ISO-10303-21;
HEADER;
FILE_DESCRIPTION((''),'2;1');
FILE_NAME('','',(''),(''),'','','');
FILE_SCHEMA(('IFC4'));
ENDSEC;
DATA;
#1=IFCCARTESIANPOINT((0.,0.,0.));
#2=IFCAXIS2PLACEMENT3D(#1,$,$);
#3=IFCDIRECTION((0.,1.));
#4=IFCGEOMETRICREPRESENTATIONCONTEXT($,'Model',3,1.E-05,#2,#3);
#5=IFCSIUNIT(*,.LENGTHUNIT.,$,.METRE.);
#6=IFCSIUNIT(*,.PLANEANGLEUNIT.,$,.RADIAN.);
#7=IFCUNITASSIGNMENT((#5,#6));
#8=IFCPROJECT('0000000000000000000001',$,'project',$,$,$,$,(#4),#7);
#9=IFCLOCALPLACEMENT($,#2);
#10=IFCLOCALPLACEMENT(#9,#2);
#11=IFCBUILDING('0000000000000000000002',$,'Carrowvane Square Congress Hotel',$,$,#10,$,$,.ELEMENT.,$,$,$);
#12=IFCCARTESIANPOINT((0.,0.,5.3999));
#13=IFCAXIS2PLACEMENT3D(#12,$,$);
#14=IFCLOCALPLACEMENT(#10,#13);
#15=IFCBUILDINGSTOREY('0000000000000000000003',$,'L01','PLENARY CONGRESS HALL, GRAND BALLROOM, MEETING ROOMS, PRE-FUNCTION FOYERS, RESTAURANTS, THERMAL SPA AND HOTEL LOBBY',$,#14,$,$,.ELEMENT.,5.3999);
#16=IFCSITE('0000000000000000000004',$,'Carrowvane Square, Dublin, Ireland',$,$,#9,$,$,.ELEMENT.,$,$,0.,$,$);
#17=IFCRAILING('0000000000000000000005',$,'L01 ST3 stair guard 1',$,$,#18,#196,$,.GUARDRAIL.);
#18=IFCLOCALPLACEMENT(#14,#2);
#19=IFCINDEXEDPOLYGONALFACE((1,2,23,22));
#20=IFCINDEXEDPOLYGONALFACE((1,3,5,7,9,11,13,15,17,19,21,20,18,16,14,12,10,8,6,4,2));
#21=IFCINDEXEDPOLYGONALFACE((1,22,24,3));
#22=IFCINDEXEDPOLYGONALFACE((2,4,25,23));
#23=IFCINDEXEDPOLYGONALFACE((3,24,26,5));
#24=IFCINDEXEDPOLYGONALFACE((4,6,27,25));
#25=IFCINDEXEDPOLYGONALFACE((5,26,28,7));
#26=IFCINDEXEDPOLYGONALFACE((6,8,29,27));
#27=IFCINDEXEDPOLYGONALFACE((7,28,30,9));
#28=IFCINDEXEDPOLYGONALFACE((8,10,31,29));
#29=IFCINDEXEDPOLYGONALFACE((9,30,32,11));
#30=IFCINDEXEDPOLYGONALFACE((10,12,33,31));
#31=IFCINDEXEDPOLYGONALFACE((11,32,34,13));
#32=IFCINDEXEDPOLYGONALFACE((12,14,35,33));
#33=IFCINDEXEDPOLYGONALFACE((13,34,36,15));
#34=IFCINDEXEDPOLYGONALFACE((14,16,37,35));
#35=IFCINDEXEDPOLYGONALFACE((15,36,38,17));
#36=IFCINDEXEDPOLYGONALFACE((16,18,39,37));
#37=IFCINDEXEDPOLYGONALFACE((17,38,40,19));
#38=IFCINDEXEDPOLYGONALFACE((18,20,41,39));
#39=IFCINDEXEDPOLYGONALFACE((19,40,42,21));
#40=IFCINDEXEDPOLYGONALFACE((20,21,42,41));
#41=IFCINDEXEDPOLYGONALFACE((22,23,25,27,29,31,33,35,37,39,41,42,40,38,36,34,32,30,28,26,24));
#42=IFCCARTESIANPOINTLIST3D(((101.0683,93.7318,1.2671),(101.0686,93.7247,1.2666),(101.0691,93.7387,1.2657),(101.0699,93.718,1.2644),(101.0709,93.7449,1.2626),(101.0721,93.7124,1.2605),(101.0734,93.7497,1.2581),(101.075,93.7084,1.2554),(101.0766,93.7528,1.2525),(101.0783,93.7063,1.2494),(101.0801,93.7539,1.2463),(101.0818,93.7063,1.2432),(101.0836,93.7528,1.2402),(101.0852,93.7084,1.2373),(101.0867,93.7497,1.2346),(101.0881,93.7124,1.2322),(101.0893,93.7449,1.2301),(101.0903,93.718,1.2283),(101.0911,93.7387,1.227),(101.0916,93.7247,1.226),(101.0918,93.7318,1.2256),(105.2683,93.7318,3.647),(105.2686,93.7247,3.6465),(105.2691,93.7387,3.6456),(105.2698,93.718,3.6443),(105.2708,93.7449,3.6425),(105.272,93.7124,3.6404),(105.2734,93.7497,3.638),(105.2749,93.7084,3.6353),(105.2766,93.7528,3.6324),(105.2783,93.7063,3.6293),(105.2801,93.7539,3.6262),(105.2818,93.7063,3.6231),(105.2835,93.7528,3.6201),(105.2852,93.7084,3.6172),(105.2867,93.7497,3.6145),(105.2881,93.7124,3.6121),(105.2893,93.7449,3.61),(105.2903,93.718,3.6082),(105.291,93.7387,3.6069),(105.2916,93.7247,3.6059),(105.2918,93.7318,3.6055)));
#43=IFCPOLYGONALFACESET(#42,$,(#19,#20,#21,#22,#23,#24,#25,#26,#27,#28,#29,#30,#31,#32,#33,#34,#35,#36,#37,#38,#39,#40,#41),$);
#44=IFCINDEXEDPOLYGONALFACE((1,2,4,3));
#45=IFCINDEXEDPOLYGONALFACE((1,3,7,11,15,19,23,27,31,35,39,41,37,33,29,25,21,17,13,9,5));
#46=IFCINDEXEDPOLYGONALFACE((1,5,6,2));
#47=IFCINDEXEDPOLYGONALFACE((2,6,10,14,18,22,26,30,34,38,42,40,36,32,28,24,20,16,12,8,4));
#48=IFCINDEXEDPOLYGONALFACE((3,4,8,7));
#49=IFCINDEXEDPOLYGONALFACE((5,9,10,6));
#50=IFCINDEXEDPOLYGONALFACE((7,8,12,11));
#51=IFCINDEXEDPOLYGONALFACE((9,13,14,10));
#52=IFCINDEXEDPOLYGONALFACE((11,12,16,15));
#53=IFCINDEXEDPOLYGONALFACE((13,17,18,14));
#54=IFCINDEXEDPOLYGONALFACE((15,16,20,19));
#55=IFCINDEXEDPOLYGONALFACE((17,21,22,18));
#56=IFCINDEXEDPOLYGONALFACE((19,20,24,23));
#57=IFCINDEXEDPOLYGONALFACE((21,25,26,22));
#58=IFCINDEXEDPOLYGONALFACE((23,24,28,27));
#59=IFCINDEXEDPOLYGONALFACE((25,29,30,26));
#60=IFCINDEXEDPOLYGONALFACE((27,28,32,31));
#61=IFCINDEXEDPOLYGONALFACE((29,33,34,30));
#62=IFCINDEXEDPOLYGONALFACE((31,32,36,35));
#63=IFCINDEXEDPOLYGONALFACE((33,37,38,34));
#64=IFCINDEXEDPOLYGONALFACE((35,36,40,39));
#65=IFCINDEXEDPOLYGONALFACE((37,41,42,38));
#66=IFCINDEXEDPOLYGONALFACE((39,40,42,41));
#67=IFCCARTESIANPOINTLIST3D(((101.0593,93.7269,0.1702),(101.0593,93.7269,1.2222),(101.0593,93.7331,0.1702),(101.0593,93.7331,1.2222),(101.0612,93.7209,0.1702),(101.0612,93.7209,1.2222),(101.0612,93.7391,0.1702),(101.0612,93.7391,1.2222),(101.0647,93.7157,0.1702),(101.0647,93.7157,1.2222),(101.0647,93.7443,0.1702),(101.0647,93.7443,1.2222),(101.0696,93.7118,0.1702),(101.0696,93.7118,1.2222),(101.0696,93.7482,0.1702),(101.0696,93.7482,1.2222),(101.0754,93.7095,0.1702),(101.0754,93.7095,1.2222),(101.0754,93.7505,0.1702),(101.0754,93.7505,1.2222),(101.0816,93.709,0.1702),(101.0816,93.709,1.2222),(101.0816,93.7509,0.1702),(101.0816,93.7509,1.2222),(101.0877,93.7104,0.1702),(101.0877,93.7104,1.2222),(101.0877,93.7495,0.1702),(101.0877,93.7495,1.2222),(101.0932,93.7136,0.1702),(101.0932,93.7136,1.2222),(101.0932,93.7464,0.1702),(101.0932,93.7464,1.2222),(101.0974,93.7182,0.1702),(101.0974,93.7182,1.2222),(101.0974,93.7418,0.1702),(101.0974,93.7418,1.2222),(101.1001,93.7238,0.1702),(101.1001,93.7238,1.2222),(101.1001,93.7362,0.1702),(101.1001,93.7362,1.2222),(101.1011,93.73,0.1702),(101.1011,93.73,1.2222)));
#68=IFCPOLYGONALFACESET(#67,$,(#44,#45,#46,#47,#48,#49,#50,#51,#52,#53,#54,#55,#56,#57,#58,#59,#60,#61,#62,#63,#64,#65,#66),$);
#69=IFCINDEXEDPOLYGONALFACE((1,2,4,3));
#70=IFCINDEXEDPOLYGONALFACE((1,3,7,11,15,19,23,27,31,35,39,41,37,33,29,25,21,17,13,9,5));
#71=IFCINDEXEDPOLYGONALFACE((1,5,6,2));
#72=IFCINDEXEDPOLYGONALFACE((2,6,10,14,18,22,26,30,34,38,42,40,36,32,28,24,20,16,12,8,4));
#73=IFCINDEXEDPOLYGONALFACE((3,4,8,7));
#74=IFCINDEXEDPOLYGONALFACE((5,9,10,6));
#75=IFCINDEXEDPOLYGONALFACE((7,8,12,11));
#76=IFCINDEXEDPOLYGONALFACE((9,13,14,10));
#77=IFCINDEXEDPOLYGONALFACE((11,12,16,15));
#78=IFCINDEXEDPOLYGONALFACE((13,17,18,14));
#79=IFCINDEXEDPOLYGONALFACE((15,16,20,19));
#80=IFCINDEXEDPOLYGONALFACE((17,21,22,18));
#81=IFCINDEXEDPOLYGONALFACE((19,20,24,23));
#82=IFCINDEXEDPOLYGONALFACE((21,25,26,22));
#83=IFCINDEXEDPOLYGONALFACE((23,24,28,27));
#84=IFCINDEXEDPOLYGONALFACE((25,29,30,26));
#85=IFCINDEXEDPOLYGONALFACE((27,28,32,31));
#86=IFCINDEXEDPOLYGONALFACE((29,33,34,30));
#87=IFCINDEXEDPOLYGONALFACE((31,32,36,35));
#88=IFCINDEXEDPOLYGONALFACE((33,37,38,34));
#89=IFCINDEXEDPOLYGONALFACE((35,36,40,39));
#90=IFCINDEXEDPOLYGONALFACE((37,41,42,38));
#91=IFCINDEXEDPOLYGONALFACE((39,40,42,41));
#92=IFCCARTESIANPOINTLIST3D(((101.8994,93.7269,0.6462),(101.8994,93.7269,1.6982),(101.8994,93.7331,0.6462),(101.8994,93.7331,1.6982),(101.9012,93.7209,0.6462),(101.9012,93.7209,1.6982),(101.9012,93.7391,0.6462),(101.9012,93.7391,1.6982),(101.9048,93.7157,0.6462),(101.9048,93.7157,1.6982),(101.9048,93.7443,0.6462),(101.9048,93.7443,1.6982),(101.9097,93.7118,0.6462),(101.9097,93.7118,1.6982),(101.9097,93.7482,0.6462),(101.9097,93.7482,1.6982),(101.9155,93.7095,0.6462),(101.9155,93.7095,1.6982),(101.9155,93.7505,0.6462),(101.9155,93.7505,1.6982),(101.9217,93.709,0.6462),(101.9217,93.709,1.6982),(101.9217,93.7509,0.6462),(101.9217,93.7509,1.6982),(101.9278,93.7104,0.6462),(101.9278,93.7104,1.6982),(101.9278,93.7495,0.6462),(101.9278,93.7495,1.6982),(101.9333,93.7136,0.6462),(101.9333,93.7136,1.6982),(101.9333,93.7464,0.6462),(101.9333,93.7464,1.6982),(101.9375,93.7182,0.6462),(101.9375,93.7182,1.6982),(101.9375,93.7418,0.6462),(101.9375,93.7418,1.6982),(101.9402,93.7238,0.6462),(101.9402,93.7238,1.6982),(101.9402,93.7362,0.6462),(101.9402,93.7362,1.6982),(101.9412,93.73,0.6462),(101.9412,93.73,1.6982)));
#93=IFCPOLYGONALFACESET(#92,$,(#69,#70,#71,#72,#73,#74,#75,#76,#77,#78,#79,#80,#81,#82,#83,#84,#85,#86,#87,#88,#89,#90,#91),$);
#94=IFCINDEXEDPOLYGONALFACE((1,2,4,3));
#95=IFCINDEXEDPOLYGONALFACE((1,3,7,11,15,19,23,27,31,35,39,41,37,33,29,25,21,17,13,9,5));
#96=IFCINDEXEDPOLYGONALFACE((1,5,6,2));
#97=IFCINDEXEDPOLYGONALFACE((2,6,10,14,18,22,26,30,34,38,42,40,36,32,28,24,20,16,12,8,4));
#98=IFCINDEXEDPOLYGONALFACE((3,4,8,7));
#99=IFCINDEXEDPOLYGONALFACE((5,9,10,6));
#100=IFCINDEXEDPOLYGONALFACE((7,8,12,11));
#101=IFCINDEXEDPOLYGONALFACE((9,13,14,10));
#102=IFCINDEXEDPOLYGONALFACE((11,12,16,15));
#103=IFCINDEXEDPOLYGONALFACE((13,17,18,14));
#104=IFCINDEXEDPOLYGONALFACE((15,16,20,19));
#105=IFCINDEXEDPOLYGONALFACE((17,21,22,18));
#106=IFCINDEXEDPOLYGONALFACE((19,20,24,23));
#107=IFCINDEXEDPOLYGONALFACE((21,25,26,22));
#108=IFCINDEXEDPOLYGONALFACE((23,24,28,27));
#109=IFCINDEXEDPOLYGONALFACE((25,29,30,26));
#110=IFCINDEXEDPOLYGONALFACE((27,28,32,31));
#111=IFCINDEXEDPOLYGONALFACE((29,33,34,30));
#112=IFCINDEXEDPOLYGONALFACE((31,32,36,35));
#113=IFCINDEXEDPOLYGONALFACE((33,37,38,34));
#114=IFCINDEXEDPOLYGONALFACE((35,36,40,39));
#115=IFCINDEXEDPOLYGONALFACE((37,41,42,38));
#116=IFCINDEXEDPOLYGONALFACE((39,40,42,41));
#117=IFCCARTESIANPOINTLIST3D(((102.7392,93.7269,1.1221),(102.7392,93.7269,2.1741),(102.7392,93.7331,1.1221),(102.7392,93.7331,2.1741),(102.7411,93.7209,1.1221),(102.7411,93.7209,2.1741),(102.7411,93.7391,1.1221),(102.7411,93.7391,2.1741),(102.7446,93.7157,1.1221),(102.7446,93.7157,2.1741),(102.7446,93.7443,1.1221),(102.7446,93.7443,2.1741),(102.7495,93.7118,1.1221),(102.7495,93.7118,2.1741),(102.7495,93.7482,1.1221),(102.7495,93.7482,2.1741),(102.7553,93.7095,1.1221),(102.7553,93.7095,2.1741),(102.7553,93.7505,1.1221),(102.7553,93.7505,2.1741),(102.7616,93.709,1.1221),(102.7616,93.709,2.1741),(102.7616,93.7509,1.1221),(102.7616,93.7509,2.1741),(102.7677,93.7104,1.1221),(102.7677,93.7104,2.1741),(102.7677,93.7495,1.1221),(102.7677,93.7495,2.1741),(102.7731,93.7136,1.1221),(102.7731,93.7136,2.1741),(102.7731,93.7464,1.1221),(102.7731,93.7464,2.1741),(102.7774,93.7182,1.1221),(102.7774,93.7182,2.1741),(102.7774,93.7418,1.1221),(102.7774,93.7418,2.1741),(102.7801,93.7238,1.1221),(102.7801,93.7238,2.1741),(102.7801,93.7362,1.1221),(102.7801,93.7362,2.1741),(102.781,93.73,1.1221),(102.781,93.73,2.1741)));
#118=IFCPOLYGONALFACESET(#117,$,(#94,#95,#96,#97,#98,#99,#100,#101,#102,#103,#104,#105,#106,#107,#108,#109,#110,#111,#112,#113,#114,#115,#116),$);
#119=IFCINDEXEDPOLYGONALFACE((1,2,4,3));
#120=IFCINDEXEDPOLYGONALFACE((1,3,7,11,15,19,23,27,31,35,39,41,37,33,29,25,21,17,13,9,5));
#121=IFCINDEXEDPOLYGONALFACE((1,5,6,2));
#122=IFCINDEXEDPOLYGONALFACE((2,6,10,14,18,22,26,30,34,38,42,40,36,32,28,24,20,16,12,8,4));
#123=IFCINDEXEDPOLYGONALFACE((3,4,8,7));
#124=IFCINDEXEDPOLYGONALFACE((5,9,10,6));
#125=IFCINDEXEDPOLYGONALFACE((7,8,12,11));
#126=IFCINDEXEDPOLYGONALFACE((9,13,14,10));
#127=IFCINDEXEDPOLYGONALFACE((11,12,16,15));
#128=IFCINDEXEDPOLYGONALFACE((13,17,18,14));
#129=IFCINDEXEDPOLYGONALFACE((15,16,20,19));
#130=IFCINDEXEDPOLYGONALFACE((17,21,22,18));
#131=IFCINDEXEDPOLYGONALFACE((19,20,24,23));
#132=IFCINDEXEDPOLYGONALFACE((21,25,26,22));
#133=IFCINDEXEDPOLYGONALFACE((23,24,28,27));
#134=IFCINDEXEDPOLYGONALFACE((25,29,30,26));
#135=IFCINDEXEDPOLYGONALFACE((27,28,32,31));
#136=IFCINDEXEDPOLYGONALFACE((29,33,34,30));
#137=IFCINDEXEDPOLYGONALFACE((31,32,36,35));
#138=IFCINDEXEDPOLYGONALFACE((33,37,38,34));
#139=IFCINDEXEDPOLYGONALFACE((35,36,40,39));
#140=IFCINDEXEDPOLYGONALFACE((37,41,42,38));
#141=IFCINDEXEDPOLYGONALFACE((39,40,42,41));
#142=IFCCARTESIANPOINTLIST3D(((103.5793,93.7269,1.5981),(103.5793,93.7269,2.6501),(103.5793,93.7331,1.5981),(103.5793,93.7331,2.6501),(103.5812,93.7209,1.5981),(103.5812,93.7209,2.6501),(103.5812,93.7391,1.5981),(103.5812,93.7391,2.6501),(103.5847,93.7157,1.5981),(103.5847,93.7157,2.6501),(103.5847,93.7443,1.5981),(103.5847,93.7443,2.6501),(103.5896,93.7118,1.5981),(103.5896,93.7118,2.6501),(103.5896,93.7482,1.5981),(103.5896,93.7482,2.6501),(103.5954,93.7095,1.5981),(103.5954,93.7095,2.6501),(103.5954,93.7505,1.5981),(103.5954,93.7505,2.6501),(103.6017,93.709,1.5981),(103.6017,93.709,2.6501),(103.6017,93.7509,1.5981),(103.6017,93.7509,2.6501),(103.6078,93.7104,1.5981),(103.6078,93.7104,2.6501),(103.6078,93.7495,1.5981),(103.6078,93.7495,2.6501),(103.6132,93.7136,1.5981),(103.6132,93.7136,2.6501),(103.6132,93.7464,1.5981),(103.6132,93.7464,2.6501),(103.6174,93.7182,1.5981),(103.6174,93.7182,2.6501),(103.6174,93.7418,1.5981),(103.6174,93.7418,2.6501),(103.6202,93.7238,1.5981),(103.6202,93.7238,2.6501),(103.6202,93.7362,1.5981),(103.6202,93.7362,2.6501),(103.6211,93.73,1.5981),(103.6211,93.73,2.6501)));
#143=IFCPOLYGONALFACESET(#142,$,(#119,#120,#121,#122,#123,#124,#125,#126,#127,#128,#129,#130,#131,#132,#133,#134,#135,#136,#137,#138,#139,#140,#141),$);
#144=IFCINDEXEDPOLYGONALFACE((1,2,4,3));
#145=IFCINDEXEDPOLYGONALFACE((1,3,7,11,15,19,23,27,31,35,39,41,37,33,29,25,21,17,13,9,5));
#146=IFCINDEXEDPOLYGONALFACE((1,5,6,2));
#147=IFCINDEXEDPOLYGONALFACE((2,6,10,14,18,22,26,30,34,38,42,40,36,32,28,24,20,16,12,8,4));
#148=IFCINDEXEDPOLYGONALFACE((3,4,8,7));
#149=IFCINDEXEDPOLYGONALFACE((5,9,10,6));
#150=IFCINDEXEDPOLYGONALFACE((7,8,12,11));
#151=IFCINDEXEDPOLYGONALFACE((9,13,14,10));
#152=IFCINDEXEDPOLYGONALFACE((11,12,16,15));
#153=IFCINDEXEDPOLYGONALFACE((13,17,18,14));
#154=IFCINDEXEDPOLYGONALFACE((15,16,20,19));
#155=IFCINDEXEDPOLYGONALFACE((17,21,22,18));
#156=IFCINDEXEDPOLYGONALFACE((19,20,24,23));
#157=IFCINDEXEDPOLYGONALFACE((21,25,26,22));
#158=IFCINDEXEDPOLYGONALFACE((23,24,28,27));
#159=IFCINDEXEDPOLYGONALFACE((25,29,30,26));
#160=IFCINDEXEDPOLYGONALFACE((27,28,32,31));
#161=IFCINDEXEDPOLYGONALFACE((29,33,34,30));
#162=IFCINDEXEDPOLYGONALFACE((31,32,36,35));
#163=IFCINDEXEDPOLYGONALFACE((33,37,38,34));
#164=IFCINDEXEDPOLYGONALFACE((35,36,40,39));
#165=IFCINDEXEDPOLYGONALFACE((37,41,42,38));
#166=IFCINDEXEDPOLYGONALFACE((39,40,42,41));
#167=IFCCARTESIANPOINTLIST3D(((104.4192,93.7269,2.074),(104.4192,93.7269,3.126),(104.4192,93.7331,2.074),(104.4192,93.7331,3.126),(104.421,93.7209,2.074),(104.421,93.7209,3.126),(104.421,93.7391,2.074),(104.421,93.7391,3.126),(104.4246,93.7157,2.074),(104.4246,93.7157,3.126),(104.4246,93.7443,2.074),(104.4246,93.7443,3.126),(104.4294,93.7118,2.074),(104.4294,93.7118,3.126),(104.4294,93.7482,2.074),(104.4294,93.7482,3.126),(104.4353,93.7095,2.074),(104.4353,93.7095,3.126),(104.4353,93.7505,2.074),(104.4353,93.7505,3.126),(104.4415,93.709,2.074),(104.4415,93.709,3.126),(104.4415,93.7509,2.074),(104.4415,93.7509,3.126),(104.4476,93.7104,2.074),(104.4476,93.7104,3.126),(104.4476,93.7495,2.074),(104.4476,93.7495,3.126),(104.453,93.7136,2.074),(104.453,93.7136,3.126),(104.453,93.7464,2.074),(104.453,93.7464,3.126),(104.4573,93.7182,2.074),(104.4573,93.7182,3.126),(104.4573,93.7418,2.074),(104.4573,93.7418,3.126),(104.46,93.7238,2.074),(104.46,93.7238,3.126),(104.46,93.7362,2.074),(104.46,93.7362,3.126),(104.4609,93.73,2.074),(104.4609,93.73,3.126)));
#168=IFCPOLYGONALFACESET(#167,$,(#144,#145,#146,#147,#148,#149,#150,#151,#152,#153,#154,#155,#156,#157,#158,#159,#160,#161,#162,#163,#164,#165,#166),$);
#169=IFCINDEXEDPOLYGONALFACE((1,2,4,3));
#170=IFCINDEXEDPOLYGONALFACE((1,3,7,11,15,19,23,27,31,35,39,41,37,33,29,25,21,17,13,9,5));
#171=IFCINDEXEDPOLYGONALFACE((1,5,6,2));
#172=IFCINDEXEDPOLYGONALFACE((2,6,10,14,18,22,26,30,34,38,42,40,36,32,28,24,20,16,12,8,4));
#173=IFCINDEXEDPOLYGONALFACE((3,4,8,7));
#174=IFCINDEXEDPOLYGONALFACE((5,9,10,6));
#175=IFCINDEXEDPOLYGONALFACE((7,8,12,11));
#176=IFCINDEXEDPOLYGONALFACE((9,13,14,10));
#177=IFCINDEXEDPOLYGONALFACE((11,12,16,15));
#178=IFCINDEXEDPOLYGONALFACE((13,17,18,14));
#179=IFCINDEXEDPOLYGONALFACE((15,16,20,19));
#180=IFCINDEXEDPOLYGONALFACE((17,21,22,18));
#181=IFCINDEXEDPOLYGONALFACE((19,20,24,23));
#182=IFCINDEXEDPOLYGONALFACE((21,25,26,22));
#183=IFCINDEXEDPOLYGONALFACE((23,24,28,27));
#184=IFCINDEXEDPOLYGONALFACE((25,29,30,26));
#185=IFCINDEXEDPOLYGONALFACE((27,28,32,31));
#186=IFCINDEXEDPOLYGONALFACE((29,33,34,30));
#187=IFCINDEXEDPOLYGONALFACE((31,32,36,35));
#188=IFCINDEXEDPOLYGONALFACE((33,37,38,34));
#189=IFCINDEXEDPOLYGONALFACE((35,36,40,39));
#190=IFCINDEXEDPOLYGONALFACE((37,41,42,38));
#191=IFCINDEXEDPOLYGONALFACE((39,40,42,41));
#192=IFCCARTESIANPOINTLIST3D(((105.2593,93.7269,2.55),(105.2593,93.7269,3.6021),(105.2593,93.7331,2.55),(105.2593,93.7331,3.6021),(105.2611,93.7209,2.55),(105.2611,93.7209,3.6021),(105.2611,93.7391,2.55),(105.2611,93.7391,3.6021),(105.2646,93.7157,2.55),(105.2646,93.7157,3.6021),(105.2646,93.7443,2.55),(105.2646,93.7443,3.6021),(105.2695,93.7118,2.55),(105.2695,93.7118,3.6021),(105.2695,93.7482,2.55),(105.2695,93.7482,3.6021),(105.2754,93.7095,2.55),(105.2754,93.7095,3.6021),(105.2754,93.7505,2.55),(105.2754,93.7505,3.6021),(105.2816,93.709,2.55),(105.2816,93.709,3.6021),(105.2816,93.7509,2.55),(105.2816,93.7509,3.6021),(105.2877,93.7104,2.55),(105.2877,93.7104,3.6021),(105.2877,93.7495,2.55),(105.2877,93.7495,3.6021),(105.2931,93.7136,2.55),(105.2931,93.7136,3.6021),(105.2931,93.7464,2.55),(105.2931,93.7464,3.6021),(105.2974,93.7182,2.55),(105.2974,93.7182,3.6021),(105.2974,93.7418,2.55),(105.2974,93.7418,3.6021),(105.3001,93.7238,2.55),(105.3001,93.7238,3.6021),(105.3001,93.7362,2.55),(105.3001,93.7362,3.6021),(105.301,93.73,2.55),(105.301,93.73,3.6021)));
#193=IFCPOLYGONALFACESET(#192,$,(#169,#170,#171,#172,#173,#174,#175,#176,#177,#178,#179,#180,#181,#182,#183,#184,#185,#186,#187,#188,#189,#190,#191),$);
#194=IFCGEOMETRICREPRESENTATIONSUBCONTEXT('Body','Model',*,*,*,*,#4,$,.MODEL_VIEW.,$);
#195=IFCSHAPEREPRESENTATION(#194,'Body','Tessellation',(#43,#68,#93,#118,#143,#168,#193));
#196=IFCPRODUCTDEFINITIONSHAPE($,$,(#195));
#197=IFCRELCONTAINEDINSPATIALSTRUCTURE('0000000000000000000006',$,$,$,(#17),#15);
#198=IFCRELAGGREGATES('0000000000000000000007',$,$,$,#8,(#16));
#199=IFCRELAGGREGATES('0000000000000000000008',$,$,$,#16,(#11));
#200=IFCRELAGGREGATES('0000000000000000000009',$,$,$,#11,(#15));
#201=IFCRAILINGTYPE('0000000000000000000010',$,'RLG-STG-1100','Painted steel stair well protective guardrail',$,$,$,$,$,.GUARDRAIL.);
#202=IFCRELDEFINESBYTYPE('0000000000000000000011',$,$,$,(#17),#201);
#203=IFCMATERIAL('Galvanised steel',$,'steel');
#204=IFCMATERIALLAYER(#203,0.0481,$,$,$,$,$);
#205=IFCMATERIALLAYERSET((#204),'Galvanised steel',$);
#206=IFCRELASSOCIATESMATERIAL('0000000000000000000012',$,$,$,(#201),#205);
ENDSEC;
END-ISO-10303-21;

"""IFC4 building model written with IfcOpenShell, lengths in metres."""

from ifc_helpers import new_model, si_unit, direction, frame, origin, origin_2d, place, context, subcontext, project, spatial, circle, extrude, material, layer, layer_set, type_object, element, save


model = new_model("IFC4")

# Units and contexts
model_context = context("Model", 3, precision=1e-05, world=origin(), true_north=direction((0.0, 1.0)))
body_context = subcontext(model_context, "Body", "Model", "MODEL_VIEW")
ifc_project = project(units=[si_unit("LENGTHUNIT", "METRE"), si_unit("PLANEANGLEUNIT", "RADIAN")], contexts=[model_context])

# Site, building, storey
site_placement = place(None, origin())
site = spatial("IfcSite", under=ifc_project, at=site_placement, Name="Carrowvane Square, Dublin, Ireland", CompositionType="ELEMENT", RefElevation=0.0)
building_placement = place(site_placement, origin())
building = spatial("IfcBuilding", under=site, at=building_placement, Name="Carrowvane Square Congress Hotel", CompositionType="ELEMENT")
storey_placement = place(building_placement, frame((0.0, 0.0, 5.3999)))
storey = spatial("IfcBuildingStorey", under=building, at=storey_placement, Name="L01", Description="PLENARY CONGRESS HALL, GRAND BALLROOM, MEETING ROOMS, PRE-FUNCTION FOYERS, RESTAURANTS, THERMAL SPA AND HOTEL LOBBY", CompositionType="ELEMENT", Elevation=5.3999)

# Railing
ifc_material_1 = material(Name="Galvanised steel", Category="steel")
ifc_layer_1 = layer(ifc_material_1, 0.0481)
ifc_layer_set_1 = layer_set([ifc_layer_1], Name="Galvanised steel")
railing_type_1 = type_object("IfcRailingType", Name="RLG-STG-1100", Description="Painted steel stair well protective guardrail", PredefinedType="GUARDRAIL", material=ifc_layer_set_1)
railing_1_placement = place(storey_placement, frame((101.0801, 93.73, 0.1702)))
element("IfcRailing", 1, at=railing_1_placement, inside=storey, type_object=railing_type_1, Name="L01 ST3 stair guard 1", PredefinedType="GUARDRAIL", context=body_context, shape_type="SweptSolid", body=[
    extrude(circle(Radius=0.0239, at=origin_2d()), frame((0.0, 0.0, 1.0762), z_axis=(0.87003, 0.0, 0.492999), x_axis=(0.0, 1.0, 0.0)), (0.0, 0.0, 1.0), 4.8274),
    extrude(circle(Radius=0.021, at=origin_2d()), origin(), (0.0, 0.0, 1.0), 1.052),
    extrude(circle(Radius=0.021, at=origin_2d()), frame((0.8401, 0.0, 0.4761)), (0.0, 0.0, 1.0), 1.052),
    extrude(circle(Radius=0.021, at=origin_2d()), frame((1.6799, 0.0, 0.9519)), (0.0, 0.0, 1.0), 1.052),
    extrude(circle(Radius=0.021, at=origin_2d()), frame((2.52, 0.0, 1.428)), (0.0, 0.0, 1.0), 1.052),
    extrude(circle(Radius=0.021, at=origin_2d()), frame((3.3599, 0.0, 1.9038)), (0.0, 0.0, 1.0), 1.052),
    extrude(circle(Radius=0.021, at=origin_2d()), frame((4.2, 0.0, 2.3799)), (0.0, 0.0, 1.0), 1.052),
])

save(model, "model.ifc")
